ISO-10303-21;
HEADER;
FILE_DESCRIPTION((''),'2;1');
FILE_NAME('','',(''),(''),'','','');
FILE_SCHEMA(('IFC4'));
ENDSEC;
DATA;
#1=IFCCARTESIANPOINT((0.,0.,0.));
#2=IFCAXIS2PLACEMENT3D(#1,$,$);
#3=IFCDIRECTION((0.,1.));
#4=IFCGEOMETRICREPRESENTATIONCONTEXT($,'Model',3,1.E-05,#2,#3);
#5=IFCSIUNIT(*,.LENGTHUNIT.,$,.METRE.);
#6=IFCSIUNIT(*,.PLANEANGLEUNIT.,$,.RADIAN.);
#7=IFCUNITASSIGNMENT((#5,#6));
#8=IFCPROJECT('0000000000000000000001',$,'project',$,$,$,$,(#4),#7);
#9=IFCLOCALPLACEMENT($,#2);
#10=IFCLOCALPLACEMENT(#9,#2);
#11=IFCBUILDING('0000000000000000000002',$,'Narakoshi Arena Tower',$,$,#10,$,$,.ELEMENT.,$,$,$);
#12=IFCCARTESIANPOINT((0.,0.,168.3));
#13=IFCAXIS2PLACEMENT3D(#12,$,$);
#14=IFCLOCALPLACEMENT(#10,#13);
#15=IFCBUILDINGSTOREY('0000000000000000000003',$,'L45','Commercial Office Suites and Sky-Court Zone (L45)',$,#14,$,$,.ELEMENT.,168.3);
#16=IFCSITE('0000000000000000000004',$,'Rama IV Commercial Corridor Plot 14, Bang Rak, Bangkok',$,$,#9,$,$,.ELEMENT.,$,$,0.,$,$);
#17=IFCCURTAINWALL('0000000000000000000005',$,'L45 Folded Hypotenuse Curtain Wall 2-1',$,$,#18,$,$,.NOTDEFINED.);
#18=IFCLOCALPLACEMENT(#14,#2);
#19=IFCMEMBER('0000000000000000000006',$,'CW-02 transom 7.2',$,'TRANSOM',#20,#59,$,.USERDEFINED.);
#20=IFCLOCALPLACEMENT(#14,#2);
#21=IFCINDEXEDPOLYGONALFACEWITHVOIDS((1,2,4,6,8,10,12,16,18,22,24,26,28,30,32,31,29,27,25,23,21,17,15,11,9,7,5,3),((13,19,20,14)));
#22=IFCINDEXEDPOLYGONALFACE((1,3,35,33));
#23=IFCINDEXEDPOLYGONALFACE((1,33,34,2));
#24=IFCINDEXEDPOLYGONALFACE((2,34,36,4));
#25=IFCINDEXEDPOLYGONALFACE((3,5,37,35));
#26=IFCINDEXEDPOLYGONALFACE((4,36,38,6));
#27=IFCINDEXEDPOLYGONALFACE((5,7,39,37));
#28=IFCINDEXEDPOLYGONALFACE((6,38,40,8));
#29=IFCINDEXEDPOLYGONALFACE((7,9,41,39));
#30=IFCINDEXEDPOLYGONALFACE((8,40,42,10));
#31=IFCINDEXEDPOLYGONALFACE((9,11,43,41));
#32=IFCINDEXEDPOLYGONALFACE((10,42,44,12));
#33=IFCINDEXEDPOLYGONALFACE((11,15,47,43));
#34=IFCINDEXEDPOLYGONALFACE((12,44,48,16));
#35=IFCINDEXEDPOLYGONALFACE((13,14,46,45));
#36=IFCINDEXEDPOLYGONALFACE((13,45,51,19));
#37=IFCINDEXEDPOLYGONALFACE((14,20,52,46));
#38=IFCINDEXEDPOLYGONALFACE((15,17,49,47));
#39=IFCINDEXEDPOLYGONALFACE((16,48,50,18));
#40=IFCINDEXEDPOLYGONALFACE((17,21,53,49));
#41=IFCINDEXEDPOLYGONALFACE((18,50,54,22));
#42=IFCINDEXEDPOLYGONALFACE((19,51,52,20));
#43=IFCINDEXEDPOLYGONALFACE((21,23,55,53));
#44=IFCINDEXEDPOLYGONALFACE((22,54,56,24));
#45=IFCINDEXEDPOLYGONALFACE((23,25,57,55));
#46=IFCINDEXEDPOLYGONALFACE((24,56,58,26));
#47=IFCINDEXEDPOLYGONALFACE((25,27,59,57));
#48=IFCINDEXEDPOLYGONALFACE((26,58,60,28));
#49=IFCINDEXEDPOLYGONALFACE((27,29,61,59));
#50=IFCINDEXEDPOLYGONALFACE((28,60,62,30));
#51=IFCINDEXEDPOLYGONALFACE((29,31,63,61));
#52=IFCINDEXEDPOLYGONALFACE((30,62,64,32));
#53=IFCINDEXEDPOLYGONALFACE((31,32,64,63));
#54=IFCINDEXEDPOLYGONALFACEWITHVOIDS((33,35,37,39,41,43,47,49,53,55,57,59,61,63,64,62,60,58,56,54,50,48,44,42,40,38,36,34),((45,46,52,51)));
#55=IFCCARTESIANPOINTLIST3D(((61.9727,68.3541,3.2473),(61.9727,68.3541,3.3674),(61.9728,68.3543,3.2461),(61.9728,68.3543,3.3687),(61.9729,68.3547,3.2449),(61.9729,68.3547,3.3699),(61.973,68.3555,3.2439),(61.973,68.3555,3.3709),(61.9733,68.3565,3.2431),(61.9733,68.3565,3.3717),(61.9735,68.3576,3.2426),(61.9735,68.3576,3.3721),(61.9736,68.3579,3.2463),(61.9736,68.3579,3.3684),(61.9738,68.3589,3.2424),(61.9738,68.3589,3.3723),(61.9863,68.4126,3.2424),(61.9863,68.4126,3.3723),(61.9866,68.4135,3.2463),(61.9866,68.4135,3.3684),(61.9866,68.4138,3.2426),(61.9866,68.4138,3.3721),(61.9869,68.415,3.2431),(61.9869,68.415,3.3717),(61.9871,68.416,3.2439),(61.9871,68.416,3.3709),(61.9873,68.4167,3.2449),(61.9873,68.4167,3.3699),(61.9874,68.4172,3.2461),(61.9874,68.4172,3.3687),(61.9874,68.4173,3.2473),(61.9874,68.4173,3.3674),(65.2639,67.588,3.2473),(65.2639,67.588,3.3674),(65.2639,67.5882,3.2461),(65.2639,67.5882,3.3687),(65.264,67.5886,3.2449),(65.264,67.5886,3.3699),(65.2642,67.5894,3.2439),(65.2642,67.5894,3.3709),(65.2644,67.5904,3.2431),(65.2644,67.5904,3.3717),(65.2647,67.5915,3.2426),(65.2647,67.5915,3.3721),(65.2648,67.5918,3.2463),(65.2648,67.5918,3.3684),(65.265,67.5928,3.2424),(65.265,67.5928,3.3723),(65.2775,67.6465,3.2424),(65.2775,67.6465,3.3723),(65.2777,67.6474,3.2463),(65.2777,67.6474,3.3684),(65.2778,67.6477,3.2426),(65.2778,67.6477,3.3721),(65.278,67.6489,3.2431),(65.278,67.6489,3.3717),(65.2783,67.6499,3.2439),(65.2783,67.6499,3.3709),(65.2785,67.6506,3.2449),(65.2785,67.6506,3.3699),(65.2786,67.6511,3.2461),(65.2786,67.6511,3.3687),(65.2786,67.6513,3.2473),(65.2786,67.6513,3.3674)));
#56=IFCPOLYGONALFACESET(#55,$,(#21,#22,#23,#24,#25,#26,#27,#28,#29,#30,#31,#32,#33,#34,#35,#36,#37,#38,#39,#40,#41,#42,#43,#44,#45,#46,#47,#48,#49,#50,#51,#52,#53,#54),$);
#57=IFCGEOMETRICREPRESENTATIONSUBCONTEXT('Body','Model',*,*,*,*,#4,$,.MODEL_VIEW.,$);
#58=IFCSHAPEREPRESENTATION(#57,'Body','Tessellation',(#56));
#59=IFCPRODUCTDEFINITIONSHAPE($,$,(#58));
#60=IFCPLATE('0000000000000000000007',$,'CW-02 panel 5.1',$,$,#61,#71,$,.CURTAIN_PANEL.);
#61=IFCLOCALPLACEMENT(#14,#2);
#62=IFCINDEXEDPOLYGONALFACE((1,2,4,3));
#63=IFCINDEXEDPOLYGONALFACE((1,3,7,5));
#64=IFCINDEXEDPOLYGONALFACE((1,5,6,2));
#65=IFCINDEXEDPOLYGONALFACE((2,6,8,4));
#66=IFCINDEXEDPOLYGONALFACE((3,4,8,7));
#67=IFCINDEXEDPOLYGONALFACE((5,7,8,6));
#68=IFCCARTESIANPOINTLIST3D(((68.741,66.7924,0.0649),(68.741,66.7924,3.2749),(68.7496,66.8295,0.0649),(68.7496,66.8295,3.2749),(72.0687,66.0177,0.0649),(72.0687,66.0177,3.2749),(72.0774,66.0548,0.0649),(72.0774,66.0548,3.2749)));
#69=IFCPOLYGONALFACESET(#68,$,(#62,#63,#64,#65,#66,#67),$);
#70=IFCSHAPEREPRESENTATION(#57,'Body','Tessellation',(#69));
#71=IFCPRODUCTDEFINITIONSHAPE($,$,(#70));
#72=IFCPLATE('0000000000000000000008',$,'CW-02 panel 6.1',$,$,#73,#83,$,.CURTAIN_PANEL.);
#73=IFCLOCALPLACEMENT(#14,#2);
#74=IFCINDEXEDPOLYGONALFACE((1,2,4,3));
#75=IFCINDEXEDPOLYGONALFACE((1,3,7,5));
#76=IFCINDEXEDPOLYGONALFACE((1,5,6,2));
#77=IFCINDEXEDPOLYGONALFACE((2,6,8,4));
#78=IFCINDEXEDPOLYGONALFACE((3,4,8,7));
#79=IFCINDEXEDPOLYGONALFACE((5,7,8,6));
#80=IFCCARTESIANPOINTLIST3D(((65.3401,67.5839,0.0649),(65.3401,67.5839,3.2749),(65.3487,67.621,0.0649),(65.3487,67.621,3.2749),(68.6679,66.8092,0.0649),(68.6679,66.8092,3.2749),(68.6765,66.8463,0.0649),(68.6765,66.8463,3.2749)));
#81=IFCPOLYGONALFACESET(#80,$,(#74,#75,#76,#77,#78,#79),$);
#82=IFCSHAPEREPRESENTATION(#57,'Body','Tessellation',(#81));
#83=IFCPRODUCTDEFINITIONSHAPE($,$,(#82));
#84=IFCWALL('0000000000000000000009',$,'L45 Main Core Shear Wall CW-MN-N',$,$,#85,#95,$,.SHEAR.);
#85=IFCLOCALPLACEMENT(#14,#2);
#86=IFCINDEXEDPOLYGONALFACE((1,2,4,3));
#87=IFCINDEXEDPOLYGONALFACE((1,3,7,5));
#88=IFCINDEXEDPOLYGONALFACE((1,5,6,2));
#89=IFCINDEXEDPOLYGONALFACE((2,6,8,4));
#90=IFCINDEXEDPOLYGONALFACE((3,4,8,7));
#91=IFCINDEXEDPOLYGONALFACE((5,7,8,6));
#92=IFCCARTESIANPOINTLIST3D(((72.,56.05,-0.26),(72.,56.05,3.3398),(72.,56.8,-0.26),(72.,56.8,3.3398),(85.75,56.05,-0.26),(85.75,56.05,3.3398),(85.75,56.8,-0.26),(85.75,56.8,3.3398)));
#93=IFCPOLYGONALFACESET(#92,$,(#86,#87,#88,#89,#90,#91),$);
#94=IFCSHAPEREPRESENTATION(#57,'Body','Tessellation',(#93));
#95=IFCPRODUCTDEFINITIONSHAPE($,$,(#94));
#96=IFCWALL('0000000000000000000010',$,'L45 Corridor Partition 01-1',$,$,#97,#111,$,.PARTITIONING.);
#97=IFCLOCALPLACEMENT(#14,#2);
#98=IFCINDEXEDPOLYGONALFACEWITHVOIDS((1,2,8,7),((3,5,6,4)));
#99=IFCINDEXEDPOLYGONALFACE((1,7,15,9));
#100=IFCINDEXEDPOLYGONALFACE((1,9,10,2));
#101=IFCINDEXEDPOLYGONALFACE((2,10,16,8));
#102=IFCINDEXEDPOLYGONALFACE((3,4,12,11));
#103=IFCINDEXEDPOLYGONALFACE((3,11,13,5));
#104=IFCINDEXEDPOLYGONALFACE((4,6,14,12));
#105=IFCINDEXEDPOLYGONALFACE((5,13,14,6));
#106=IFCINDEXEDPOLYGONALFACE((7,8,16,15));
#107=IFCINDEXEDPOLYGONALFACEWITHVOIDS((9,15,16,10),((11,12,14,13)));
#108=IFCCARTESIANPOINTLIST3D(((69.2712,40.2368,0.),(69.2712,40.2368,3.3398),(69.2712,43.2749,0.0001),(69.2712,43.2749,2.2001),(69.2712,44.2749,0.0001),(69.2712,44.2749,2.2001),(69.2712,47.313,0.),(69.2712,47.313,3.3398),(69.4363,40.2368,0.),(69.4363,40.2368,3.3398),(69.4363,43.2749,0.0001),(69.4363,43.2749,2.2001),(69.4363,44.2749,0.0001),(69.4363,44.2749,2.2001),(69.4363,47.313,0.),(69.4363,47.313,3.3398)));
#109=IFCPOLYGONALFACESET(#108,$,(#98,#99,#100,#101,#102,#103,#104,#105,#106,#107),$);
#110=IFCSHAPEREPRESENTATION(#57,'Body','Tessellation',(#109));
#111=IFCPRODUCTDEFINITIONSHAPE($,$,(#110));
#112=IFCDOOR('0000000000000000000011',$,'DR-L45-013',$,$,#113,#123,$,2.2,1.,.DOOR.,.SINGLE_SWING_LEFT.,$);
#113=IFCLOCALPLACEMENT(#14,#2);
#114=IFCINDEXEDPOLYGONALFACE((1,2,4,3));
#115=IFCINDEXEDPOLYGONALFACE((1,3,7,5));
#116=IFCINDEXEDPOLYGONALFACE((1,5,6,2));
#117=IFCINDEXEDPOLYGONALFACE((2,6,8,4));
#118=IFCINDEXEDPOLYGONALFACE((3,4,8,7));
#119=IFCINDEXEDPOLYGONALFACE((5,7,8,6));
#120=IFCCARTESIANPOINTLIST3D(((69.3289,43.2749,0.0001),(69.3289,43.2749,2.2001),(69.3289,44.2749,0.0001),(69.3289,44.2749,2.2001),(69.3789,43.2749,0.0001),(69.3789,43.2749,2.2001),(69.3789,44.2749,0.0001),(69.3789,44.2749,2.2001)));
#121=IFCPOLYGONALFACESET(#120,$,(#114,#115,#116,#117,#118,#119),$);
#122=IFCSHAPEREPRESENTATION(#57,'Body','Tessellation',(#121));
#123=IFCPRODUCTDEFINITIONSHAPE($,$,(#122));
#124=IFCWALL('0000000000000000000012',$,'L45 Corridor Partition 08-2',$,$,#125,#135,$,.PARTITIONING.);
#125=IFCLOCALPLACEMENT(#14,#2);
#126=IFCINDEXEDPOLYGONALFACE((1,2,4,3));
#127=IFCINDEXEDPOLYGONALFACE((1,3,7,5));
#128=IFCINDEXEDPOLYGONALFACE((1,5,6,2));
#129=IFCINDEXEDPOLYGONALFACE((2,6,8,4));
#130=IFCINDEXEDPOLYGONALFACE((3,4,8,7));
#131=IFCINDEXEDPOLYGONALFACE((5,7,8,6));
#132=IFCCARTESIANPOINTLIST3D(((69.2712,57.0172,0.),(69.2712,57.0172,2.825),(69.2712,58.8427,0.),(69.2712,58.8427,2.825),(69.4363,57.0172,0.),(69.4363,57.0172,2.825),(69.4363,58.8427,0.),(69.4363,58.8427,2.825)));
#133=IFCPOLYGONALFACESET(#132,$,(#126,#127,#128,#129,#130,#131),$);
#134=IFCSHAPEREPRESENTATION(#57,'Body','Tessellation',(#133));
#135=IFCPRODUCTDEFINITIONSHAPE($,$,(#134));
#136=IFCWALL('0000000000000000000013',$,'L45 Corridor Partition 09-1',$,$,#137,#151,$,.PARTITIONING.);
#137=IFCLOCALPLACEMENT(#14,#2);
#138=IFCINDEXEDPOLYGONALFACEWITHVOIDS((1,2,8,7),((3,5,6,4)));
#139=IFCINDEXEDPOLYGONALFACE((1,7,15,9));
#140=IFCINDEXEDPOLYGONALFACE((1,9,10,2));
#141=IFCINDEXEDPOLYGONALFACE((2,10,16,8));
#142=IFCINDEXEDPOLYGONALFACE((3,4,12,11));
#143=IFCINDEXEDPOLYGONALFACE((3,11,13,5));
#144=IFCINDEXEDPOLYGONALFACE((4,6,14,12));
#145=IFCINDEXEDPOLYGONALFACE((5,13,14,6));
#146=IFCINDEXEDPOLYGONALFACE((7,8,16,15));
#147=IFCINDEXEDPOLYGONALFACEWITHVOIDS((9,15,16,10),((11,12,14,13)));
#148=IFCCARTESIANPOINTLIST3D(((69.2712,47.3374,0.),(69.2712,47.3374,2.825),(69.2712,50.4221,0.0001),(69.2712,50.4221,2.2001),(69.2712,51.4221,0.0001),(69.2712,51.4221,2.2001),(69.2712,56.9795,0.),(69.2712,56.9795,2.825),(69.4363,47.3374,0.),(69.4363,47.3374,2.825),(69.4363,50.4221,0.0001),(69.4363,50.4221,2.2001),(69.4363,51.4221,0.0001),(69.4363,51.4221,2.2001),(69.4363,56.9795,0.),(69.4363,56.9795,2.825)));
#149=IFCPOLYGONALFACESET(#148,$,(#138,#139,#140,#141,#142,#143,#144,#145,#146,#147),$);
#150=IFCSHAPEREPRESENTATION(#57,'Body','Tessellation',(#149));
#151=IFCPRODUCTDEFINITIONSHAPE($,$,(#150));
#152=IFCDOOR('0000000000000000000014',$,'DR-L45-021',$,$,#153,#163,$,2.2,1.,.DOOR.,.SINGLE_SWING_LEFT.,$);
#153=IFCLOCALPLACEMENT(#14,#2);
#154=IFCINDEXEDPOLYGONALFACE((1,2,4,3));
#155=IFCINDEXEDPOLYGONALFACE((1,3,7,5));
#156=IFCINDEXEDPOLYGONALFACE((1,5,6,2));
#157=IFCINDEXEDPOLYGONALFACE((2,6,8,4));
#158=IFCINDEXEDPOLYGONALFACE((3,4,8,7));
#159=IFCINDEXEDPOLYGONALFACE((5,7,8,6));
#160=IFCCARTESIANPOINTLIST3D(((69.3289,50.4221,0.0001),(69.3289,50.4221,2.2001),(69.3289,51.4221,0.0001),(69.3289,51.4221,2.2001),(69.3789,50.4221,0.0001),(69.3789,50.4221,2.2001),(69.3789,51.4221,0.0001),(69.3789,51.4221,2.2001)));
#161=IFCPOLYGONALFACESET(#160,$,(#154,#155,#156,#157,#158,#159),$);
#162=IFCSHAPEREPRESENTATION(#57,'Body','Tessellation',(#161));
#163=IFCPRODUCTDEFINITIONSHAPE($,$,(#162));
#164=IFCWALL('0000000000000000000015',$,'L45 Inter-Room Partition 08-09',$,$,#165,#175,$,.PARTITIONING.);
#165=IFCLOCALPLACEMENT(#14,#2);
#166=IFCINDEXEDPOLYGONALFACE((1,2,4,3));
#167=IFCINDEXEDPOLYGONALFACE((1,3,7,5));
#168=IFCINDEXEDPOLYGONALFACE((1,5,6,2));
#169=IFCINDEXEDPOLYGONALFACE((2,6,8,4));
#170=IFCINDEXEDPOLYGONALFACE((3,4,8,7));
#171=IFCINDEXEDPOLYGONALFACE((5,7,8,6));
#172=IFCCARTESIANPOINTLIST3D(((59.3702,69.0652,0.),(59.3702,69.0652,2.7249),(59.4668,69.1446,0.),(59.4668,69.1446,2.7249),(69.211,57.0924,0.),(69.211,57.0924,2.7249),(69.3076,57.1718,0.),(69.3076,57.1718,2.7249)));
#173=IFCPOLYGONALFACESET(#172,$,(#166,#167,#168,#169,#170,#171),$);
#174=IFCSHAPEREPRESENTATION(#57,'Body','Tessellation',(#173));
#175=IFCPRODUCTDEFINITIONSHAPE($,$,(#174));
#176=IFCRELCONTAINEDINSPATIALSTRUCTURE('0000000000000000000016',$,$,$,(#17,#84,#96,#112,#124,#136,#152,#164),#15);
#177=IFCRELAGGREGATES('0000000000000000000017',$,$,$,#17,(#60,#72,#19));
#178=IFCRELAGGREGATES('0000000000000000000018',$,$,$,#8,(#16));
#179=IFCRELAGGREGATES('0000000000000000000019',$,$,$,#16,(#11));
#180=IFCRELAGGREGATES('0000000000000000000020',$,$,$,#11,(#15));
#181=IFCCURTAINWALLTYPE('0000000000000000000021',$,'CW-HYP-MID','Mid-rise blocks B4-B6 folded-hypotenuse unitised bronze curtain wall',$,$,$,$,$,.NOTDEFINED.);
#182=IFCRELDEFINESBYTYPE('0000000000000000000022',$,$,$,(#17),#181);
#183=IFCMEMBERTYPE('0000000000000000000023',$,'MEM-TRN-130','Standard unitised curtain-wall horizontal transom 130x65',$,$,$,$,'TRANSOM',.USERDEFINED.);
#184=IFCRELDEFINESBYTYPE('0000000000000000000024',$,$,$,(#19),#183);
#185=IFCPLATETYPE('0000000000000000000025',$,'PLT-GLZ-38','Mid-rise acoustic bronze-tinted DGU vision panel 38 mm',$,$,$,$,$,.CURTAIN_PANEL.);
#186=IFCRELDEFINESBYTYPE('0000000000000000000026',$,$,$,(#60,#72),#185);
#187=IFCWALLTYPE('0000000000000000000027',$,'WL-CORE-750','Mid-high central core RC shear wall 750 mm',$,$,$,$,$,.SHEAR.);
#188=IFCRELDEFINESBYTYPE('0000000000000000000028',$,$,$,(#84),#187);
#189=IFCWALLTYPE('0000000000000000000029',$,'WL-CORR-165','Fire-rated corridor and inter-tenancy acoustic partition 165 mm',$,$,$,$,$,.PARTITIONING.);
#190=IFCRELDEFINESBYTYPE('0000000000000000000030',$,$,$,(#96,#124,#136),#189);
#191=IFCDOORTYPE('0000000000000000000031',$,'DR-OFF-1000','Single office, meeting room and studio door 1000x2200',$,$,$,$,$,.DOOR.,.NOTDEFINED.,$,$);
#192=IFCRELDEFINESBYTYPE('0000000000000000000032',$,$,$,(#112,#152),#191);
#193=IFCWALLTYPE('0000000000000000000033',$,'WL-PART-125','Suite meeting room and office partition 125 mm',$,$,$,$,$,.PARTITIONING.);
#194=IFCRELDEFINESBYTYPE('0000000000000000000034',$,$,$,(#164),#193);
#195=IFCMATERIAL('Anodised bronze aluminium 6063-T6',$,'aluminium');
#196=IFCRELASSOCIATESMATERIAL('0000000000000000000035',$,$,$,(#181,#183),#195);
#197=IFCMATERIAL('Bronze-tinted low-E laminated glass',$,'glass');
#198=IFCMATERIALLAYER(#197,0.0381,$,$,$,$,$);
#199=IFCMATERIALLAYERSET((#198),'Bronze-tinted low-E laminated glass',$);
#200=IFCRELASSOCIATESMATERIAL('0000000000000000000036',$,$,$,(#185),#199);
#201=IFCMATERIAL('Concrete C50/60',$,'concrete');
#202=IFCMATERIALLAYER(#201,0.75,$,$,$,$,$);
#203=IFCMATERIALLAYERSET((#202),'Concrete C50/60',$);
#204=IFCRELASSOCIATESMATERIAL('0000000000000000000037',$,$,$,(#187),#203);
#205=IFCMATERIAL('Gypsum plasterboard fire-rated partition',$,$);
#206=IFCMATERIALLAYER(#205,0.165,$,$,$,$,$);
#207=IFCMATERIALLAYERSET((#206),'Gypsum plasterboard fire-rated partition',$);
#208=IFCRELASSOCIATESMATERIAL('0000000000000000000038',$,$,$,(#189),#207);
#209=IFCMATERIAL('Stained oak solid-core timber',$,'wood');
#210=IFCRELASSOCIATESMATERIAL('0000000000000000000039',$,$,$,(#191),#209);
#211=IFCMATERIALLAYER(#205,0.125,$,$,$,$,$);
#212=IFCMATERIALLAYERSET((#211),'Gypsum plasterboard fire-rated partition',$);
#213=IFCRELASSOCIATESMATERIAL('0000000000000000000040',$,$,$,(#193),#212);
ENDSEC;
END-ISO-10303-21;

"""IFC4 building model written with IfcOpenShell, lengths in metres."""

from ifc_helpers import new_model, si_unit, direction, frame, frame_2d, origin, origin_2d, place, context, subcontext, project, spatial, rectangle, hollow_rectangle, extrude, material, layer, layer_set, material_profile, profile_set, type_object, element, fill, aggregate, save


model = new_model("IFC4")

# Units and contexts
model_context = context("Model", 3, precision=1e-05, world=origin(), true_north=direction((0.0, 1.0)))
body_context = subcontext(model_context, "Body", "Model", "MODEL_VIEW")
ifc_project = project(units=[si_unit("LENGTHUNIT", "METRE"), si_unit("PLANEANGLEUNIT", "RADIAN")], contexts=[model_context])

# Site, building, storey
site_placement = place(None, origin())
site = spatial("IfcSite", under=ifc_project, at=site_placement, Name="Rama IV Commercial Corridor Plot 14, Bang Rak, Bangkok", CompositionType="ELEMENT", RefElevation=0.0)
building_placement = place(site_placement, origin())
building = spatial("IfcBuilding", under=site, at=building_placement, Name="Narakoshi Arena Tower", CompositionType="ELEMENT")
storey_placement = place(building_placement, frame((0.0, 0.0, 168.3)))
storey = spatial("IfcBuildingStorey", under=building, at=storey_placement, Name="L45", Description="Commercial Office Suites and Sky-Court Zone (L45)", CompositionType="ELEMENT", Elevation=168.3)

# Curtain wall, member, plates
ifc_material_1 = material(Name="Anodised bronze aluminium 6063-T6", Category="aluminium")
curtain_wall_type = type_object("IfcCurtainWallType", Name="CW-HYP-MID", Description="Mid-rise blocks B4-B6 folded-hypotenuse unitised bronze curtain wall", PredefinedType="NOTDEFINED", material=ifc_material_1)
curtain_wall_placement = place(storey_placement, origin())
curtain_wall = element("IfcCurtainWall", 1, at=curtain_wall_placement, inside=storey, type_object=curtain_wall_type, Name="L45 Folded Hypotenuse Curtain Wall 2-1", PredefinedType="NOTDEFINED")
ifc_material_profile_1 = material_profile(ifc_material_1, hollow_rectangle(XDim=0.0649, YDim=0.1299, WallThickness=0.0039, OuterFilletRadius=0.0049, at=origin_2d()), Name="TRN130x65x4")
ifc_profile_set_1 = profile_set([ifc_material_profile_1], Name="Anodised bronze aluminium 6063-T6")
member_type_1 = type_object("IfcMemberType", Name="MEM-TRN-130", Description="Standard unitised curtain-wall horizontal transom 130x65", ElementType="TRANSOM", PredefinedType="USERDEFINED", material=ifc_profile_set_1)
member_1_placement = place(storey_placement, frame((65.2712, 67.6196, 3.3074), z_axis=(-0.973962, 0.226711, 0.0), x_axis=(-0.226711, -0.973962, 0.0)))
member_1 = element("IfcMember", 2, at=member_1_placement, type_object=member_type_1, Name="CW-02 transom 7.2", ObjectType="TRANSOM", PredefinedType="USERDEFINED", context=body_context, shape_type="SweptSolid", body=[
    extrude(hollow_rectangle(XDim=0.0649, YDim=0.1299, WallThickness=0.0039, OuterFilletRadius=0.0049, at=origin_2d()), origin(), (0.0, 0.0, 1.0), 3.3792),
])
ifc_material_2 = material(Name="Bronze-tinted low-E laminated glass", Category="glass")
ifc_layer_1 = layer(ifc_material_2, 0.0381)
ifc_layer_set_1 = layer_set([ifc_layer_1], Name="Bronze-tinted low-E laminated glass")
plate_type = type_object("IfcPlateType", Name="PLT-GLZ-38", Description="Mid-rise acoustic bronze-tinted DGU vision panel 38 mm", PredefinedType="CURTAIN_PANEL", material=ifc_layer_set_1)
plate_1_placement = place(storey_placement, frame((70.4092, 66.4236, 0.0649), z_axis=(0.0, 0.0, 1.0), x_axis=(-0.97396, 0.226721, 0.0)))
plate_1 = element("IfcPlate", 3, at=plate_1_placement, type_object=plate_type, Name="CW-02 panel 5.1", PredefinedType="CURTAIN_PANEL", context=body_context, shape_type="SweptSolid", body=[
    extrude(rectangle(XDim=3.4167, YDim=0.0381, at=origin_2d()), origin(), (0.0, 0.0, 1.0), 3.21),
])
plate_2_placement = place(storey_placement, frame((67.0083, 67.2151, 0.0649), z_axis=(0.0, 0.0, 1.0), x_axis=(-0.97396, 0.226721, 0.0)))
plate_2 = element("IfcPlate", 4, at=plate_2_placement, type_object=plate_type, Name="CW-02 panel 6.1", PredefinedType="CURTAIN_PANEL", context=body_context, shape_type="SweptSolid", body=[
    extrude(rectangle(XDim=3.4167, YDim=0.0381, at=origin_2d()), origin(), (0.0, 0.0, 1.0), 3.21),
])
aggregate(curtain_wall, [plate_1, plate_2, member_1])

# Wall
ifc_material_3 = material(Name="Concrete C50/60", Category="concrete")
ifc_layer_2 = layer(ifc_material_3, 0.75)
ifc_layer_set_2 = layer_set([ifc_layer_2], Name="Concrete C50/60")
wall_type_1 = type_object("IfcWallType", Name="WL-CORE-750", Description="Mid-high central core RC shear wall 750 mm", PredefinedType="SHEAR", material=ifc_layer_set_2)
wall_1_placement = place(storey_placement, frame((72.0, 56.425, -0.26), z_axis=(0.0, 0.0, 1.0), x_axis=(1.0, 0.0, 0.0)))
element("IfcWall", 5, at=wall_1_placement, inside=storey, type_object=wall_type_1, Name="L45 Main Core Shear Wall CW-MN-N", PredefinedType="SHEAR", context=body_context, shape_type="SweptSolid", body=[
    extrude(rectangle(XDim=13.75, YDim=0.75, at=frame_2d((6.875, 0.0))), origin(), (0.0, 0.0, 1.0), 3.5999),
])

# Wall, opening, door
ifc_material_4 = material(Name="Gypsum plasterboard fire-rated partition")
ifc_layer_3 = layer(ifc_material_4, 0.165)
ifc_layer_set_3 = layer_set([ifc_layer_3], Name="Gypsum plasterboard fire-rated partition")
wall_type_2 = type_object("IfcWallType", Name="WL-CORR-165", Description="Fire-rated corridor and inter-tenancy acoustic partition 165 mm", PredefinedType="PARTITIONING", material=ifc_layer_set_3)
wall_2_placement = place(storey_placement, frame((69.3538, 47.313, 0.0), z_axis=(0.0, 0.0, 1.0), x_axis=(0.0, -1.0, 0.0)))
wall_2 = element("IfcWall", 6, at=wall_2_placement, inside=storey, type_object=wall_type_2, Name="L45 Corridor Partition 01-1", PredefinedType="PARTITIONING", context=body_context, shape_type="SweptSolid", body=[
    extrude(rectangle(XDim=7.0762, YDim=0.165, at=frame_2d((3.5381, 0.0))), origin(), (0.0, 0.0, 1.0), 3.3398),
])
opening_1_placement = place(wall_2_placement, frame((3.0381, 0.0, 0.0)))
opening_1 = element("IfcOpeningElement", 7, at=opening_1_placement, cuts=wall_2, PredefinedType="OPENING", context=body_context, shape_type="SweptSolid", body=[
    extrude(rectangle(XDim=1.0, YDim=2.2, at=frame_2d((0.5, 1.1001))), frame((0.0, 0.0925, 0.0), z_axis=(0.0, -1.0, 0.0), x_axis=(1.0, 0.0, 0.0)), (0.0, 0.0, 1.0), 0.1851),
])
ifc_material_5 = material(Name="Stained oak solid-core timber", Category="wood")
door_type_1 = type_object("IfcDoorType", Name="DR-OFF-1000", Description="Single office, meeting room and studio door 1000x2200", OperationType="NOTDEFINED", PredefinedType="DOOR", material=ifc_material_5)
door_1_placement = place(opening_1_placement, frame((1.0, 0.0, 0.0), z_axis=(0.0, 0.0, 1.0), x_axis=(-1.0, 0.0, 0.0)))
door_1 = element("IfcDoor", 8, at=door_1_placement, inside=storey, type_object=door_type_1, Name="DR-L45-013", OperationType="SINGLE_SWING_LEFT", OverallHeight=2.2, OverallWidth=1.0, PredefinedType="DOOR", context=body_context, shape_type="SweptSolid", body=[
    extrude(rectangle(XDim=1.0, YDim=2.2, at=frame_2d((0.5, 1.1001))), frame((0.0, 0.0249, 0.0), z_axis=(0.0, -1.0, 0.0), x_axis=(1.0, 0.0, 0.0)), (0.0, 0.0, 1.0), 0.05),
])
fill(opening_1, door_1)

# Wall
wall_3_placement = place(storey_placement, frame((69.3538, 58.8425, 0.0), z_axis=(0.0, 0.0, 1.0), x_axis=(0.0, -1.0, 0.0)))
element("IfcWall", 9, at=wall_3_placement, inside=storey, type_object=wall_type_2, Name="L45 Corridor Partition 08-2", PredefinedType="PARTITIONING", context=body_context, shape_type="SweptSolid", body=[
    extrude(rectangle(XDim=1.8254, YDim=0.165, at=frame_2d((0.9126, 0.0))), origin(), (0.0, 0.0, 1.0), 2.825),
])

# Wall, opening, door
wall_4_placement = place(storey_placement, frame((69.3538, 56.9795, 0.0), z_axis=(0.0, 0.0, 1.0), x_axis=(0.0, -1.0, 0.0)))
wall_4 = element("IfcWall", 10, at=wall_4_placement, inside=storey, type_object=wall_type_2, Name="L45 Corridor Partition 09-1", PredefinedType="PARTITIONING", context=body_context, shape_type="SweptSolid", body=[
    extrude(rectangle(XDim=9.6421, YDim=0.165, at=frame_2d((4.821, 0.0))), origin(), (0.0, 0.0, 1.0), 2.825),
])
opening_2_placement = place(wall_4_placement, frame((5.5574, 0.0, 0.0)))
opening_2 = element("IfcOpeningElement", 11, at=opening_2_placement, cuts=wall_4, PredefinedType="OPENING", context=body_context, shape_type="SweptSolid", body=[
    extrude(rectangle(XDim=1.0, YDim=2.2, at=frame_2d((0.5, 1.1001))), frame((0.0, 0.0925, 0.0), z_axis=(0.0, -1.0, 0.0), x_axis=(1.0, 0.0, 0.0)), (0.0, 0.0, 1.0), 0.1851),
])
door_2_placement = place(opening_2_placement, frame((1.0, 0.0, 0.0), z_axis=(0.0, 0.0, 1.0), x_axis=(-1.0, 0.0, 0.0)))
door_2 = element("IfcDoor", 12, at=door_2_placement, inside=storey, type_object=door_type_1, Name="DR-L45-021", OperationType="SINGLE_SWING_LEFT", OverallHeight=2.2, OverallWidth=1.0, PredefinedType="DOOR", context=body_context, shape_type="SweptSolid", body=[
    extrude(rectangle(XDim=1.0, YDim=2.2, at=frame_2d((0.5, 1.1001))), frame((0.0, 0.0249, 0.0), z_axis=(0.0, -1.0, 0.0), x_axis=(1.0, 0.0, 0.0)), (0.0, 0.0, 1.0), 0.05),
])
fill(opening_2, door_2)

# Wall
ifc_layer_4 = layer(ifc_material_4, 0.125)
ifc_layer_set_4 = layer_set([ifc_layer_4], Name="Gypsum plasterboard fire-rated partition")
wall_type_3 = type_object("IfcWallType", Name="WL-PART-125", Description="Suite meeting room and office partition 125 mm", PredefinedType="PARTITIONING", material=ifc_layer_set_4)
wall_5_placement = place(storey_placement, frame((69.2593, 57.1321, 0.0), z_axis=(0.0, 0.0, 1.0), x_axis=(-0.634968, 0.772538, 0.0)))
element("IfcWall", 13, at=wall_5_placement, inside=storey, type_object=wall_type_3, Name="L45 Inter-Room Partition 08-09", PredefinedType="PARTITIONING", context=body_context, shape_type="SweptSolid", body=[
    extrude(rectangle(XDim=15.498, YDim=0.125, at=frame_2d((7.749, 0.0))), origin(), (0.0, 0.0, 1.0), 2.7249),
])

save(model, "model.ifc")
